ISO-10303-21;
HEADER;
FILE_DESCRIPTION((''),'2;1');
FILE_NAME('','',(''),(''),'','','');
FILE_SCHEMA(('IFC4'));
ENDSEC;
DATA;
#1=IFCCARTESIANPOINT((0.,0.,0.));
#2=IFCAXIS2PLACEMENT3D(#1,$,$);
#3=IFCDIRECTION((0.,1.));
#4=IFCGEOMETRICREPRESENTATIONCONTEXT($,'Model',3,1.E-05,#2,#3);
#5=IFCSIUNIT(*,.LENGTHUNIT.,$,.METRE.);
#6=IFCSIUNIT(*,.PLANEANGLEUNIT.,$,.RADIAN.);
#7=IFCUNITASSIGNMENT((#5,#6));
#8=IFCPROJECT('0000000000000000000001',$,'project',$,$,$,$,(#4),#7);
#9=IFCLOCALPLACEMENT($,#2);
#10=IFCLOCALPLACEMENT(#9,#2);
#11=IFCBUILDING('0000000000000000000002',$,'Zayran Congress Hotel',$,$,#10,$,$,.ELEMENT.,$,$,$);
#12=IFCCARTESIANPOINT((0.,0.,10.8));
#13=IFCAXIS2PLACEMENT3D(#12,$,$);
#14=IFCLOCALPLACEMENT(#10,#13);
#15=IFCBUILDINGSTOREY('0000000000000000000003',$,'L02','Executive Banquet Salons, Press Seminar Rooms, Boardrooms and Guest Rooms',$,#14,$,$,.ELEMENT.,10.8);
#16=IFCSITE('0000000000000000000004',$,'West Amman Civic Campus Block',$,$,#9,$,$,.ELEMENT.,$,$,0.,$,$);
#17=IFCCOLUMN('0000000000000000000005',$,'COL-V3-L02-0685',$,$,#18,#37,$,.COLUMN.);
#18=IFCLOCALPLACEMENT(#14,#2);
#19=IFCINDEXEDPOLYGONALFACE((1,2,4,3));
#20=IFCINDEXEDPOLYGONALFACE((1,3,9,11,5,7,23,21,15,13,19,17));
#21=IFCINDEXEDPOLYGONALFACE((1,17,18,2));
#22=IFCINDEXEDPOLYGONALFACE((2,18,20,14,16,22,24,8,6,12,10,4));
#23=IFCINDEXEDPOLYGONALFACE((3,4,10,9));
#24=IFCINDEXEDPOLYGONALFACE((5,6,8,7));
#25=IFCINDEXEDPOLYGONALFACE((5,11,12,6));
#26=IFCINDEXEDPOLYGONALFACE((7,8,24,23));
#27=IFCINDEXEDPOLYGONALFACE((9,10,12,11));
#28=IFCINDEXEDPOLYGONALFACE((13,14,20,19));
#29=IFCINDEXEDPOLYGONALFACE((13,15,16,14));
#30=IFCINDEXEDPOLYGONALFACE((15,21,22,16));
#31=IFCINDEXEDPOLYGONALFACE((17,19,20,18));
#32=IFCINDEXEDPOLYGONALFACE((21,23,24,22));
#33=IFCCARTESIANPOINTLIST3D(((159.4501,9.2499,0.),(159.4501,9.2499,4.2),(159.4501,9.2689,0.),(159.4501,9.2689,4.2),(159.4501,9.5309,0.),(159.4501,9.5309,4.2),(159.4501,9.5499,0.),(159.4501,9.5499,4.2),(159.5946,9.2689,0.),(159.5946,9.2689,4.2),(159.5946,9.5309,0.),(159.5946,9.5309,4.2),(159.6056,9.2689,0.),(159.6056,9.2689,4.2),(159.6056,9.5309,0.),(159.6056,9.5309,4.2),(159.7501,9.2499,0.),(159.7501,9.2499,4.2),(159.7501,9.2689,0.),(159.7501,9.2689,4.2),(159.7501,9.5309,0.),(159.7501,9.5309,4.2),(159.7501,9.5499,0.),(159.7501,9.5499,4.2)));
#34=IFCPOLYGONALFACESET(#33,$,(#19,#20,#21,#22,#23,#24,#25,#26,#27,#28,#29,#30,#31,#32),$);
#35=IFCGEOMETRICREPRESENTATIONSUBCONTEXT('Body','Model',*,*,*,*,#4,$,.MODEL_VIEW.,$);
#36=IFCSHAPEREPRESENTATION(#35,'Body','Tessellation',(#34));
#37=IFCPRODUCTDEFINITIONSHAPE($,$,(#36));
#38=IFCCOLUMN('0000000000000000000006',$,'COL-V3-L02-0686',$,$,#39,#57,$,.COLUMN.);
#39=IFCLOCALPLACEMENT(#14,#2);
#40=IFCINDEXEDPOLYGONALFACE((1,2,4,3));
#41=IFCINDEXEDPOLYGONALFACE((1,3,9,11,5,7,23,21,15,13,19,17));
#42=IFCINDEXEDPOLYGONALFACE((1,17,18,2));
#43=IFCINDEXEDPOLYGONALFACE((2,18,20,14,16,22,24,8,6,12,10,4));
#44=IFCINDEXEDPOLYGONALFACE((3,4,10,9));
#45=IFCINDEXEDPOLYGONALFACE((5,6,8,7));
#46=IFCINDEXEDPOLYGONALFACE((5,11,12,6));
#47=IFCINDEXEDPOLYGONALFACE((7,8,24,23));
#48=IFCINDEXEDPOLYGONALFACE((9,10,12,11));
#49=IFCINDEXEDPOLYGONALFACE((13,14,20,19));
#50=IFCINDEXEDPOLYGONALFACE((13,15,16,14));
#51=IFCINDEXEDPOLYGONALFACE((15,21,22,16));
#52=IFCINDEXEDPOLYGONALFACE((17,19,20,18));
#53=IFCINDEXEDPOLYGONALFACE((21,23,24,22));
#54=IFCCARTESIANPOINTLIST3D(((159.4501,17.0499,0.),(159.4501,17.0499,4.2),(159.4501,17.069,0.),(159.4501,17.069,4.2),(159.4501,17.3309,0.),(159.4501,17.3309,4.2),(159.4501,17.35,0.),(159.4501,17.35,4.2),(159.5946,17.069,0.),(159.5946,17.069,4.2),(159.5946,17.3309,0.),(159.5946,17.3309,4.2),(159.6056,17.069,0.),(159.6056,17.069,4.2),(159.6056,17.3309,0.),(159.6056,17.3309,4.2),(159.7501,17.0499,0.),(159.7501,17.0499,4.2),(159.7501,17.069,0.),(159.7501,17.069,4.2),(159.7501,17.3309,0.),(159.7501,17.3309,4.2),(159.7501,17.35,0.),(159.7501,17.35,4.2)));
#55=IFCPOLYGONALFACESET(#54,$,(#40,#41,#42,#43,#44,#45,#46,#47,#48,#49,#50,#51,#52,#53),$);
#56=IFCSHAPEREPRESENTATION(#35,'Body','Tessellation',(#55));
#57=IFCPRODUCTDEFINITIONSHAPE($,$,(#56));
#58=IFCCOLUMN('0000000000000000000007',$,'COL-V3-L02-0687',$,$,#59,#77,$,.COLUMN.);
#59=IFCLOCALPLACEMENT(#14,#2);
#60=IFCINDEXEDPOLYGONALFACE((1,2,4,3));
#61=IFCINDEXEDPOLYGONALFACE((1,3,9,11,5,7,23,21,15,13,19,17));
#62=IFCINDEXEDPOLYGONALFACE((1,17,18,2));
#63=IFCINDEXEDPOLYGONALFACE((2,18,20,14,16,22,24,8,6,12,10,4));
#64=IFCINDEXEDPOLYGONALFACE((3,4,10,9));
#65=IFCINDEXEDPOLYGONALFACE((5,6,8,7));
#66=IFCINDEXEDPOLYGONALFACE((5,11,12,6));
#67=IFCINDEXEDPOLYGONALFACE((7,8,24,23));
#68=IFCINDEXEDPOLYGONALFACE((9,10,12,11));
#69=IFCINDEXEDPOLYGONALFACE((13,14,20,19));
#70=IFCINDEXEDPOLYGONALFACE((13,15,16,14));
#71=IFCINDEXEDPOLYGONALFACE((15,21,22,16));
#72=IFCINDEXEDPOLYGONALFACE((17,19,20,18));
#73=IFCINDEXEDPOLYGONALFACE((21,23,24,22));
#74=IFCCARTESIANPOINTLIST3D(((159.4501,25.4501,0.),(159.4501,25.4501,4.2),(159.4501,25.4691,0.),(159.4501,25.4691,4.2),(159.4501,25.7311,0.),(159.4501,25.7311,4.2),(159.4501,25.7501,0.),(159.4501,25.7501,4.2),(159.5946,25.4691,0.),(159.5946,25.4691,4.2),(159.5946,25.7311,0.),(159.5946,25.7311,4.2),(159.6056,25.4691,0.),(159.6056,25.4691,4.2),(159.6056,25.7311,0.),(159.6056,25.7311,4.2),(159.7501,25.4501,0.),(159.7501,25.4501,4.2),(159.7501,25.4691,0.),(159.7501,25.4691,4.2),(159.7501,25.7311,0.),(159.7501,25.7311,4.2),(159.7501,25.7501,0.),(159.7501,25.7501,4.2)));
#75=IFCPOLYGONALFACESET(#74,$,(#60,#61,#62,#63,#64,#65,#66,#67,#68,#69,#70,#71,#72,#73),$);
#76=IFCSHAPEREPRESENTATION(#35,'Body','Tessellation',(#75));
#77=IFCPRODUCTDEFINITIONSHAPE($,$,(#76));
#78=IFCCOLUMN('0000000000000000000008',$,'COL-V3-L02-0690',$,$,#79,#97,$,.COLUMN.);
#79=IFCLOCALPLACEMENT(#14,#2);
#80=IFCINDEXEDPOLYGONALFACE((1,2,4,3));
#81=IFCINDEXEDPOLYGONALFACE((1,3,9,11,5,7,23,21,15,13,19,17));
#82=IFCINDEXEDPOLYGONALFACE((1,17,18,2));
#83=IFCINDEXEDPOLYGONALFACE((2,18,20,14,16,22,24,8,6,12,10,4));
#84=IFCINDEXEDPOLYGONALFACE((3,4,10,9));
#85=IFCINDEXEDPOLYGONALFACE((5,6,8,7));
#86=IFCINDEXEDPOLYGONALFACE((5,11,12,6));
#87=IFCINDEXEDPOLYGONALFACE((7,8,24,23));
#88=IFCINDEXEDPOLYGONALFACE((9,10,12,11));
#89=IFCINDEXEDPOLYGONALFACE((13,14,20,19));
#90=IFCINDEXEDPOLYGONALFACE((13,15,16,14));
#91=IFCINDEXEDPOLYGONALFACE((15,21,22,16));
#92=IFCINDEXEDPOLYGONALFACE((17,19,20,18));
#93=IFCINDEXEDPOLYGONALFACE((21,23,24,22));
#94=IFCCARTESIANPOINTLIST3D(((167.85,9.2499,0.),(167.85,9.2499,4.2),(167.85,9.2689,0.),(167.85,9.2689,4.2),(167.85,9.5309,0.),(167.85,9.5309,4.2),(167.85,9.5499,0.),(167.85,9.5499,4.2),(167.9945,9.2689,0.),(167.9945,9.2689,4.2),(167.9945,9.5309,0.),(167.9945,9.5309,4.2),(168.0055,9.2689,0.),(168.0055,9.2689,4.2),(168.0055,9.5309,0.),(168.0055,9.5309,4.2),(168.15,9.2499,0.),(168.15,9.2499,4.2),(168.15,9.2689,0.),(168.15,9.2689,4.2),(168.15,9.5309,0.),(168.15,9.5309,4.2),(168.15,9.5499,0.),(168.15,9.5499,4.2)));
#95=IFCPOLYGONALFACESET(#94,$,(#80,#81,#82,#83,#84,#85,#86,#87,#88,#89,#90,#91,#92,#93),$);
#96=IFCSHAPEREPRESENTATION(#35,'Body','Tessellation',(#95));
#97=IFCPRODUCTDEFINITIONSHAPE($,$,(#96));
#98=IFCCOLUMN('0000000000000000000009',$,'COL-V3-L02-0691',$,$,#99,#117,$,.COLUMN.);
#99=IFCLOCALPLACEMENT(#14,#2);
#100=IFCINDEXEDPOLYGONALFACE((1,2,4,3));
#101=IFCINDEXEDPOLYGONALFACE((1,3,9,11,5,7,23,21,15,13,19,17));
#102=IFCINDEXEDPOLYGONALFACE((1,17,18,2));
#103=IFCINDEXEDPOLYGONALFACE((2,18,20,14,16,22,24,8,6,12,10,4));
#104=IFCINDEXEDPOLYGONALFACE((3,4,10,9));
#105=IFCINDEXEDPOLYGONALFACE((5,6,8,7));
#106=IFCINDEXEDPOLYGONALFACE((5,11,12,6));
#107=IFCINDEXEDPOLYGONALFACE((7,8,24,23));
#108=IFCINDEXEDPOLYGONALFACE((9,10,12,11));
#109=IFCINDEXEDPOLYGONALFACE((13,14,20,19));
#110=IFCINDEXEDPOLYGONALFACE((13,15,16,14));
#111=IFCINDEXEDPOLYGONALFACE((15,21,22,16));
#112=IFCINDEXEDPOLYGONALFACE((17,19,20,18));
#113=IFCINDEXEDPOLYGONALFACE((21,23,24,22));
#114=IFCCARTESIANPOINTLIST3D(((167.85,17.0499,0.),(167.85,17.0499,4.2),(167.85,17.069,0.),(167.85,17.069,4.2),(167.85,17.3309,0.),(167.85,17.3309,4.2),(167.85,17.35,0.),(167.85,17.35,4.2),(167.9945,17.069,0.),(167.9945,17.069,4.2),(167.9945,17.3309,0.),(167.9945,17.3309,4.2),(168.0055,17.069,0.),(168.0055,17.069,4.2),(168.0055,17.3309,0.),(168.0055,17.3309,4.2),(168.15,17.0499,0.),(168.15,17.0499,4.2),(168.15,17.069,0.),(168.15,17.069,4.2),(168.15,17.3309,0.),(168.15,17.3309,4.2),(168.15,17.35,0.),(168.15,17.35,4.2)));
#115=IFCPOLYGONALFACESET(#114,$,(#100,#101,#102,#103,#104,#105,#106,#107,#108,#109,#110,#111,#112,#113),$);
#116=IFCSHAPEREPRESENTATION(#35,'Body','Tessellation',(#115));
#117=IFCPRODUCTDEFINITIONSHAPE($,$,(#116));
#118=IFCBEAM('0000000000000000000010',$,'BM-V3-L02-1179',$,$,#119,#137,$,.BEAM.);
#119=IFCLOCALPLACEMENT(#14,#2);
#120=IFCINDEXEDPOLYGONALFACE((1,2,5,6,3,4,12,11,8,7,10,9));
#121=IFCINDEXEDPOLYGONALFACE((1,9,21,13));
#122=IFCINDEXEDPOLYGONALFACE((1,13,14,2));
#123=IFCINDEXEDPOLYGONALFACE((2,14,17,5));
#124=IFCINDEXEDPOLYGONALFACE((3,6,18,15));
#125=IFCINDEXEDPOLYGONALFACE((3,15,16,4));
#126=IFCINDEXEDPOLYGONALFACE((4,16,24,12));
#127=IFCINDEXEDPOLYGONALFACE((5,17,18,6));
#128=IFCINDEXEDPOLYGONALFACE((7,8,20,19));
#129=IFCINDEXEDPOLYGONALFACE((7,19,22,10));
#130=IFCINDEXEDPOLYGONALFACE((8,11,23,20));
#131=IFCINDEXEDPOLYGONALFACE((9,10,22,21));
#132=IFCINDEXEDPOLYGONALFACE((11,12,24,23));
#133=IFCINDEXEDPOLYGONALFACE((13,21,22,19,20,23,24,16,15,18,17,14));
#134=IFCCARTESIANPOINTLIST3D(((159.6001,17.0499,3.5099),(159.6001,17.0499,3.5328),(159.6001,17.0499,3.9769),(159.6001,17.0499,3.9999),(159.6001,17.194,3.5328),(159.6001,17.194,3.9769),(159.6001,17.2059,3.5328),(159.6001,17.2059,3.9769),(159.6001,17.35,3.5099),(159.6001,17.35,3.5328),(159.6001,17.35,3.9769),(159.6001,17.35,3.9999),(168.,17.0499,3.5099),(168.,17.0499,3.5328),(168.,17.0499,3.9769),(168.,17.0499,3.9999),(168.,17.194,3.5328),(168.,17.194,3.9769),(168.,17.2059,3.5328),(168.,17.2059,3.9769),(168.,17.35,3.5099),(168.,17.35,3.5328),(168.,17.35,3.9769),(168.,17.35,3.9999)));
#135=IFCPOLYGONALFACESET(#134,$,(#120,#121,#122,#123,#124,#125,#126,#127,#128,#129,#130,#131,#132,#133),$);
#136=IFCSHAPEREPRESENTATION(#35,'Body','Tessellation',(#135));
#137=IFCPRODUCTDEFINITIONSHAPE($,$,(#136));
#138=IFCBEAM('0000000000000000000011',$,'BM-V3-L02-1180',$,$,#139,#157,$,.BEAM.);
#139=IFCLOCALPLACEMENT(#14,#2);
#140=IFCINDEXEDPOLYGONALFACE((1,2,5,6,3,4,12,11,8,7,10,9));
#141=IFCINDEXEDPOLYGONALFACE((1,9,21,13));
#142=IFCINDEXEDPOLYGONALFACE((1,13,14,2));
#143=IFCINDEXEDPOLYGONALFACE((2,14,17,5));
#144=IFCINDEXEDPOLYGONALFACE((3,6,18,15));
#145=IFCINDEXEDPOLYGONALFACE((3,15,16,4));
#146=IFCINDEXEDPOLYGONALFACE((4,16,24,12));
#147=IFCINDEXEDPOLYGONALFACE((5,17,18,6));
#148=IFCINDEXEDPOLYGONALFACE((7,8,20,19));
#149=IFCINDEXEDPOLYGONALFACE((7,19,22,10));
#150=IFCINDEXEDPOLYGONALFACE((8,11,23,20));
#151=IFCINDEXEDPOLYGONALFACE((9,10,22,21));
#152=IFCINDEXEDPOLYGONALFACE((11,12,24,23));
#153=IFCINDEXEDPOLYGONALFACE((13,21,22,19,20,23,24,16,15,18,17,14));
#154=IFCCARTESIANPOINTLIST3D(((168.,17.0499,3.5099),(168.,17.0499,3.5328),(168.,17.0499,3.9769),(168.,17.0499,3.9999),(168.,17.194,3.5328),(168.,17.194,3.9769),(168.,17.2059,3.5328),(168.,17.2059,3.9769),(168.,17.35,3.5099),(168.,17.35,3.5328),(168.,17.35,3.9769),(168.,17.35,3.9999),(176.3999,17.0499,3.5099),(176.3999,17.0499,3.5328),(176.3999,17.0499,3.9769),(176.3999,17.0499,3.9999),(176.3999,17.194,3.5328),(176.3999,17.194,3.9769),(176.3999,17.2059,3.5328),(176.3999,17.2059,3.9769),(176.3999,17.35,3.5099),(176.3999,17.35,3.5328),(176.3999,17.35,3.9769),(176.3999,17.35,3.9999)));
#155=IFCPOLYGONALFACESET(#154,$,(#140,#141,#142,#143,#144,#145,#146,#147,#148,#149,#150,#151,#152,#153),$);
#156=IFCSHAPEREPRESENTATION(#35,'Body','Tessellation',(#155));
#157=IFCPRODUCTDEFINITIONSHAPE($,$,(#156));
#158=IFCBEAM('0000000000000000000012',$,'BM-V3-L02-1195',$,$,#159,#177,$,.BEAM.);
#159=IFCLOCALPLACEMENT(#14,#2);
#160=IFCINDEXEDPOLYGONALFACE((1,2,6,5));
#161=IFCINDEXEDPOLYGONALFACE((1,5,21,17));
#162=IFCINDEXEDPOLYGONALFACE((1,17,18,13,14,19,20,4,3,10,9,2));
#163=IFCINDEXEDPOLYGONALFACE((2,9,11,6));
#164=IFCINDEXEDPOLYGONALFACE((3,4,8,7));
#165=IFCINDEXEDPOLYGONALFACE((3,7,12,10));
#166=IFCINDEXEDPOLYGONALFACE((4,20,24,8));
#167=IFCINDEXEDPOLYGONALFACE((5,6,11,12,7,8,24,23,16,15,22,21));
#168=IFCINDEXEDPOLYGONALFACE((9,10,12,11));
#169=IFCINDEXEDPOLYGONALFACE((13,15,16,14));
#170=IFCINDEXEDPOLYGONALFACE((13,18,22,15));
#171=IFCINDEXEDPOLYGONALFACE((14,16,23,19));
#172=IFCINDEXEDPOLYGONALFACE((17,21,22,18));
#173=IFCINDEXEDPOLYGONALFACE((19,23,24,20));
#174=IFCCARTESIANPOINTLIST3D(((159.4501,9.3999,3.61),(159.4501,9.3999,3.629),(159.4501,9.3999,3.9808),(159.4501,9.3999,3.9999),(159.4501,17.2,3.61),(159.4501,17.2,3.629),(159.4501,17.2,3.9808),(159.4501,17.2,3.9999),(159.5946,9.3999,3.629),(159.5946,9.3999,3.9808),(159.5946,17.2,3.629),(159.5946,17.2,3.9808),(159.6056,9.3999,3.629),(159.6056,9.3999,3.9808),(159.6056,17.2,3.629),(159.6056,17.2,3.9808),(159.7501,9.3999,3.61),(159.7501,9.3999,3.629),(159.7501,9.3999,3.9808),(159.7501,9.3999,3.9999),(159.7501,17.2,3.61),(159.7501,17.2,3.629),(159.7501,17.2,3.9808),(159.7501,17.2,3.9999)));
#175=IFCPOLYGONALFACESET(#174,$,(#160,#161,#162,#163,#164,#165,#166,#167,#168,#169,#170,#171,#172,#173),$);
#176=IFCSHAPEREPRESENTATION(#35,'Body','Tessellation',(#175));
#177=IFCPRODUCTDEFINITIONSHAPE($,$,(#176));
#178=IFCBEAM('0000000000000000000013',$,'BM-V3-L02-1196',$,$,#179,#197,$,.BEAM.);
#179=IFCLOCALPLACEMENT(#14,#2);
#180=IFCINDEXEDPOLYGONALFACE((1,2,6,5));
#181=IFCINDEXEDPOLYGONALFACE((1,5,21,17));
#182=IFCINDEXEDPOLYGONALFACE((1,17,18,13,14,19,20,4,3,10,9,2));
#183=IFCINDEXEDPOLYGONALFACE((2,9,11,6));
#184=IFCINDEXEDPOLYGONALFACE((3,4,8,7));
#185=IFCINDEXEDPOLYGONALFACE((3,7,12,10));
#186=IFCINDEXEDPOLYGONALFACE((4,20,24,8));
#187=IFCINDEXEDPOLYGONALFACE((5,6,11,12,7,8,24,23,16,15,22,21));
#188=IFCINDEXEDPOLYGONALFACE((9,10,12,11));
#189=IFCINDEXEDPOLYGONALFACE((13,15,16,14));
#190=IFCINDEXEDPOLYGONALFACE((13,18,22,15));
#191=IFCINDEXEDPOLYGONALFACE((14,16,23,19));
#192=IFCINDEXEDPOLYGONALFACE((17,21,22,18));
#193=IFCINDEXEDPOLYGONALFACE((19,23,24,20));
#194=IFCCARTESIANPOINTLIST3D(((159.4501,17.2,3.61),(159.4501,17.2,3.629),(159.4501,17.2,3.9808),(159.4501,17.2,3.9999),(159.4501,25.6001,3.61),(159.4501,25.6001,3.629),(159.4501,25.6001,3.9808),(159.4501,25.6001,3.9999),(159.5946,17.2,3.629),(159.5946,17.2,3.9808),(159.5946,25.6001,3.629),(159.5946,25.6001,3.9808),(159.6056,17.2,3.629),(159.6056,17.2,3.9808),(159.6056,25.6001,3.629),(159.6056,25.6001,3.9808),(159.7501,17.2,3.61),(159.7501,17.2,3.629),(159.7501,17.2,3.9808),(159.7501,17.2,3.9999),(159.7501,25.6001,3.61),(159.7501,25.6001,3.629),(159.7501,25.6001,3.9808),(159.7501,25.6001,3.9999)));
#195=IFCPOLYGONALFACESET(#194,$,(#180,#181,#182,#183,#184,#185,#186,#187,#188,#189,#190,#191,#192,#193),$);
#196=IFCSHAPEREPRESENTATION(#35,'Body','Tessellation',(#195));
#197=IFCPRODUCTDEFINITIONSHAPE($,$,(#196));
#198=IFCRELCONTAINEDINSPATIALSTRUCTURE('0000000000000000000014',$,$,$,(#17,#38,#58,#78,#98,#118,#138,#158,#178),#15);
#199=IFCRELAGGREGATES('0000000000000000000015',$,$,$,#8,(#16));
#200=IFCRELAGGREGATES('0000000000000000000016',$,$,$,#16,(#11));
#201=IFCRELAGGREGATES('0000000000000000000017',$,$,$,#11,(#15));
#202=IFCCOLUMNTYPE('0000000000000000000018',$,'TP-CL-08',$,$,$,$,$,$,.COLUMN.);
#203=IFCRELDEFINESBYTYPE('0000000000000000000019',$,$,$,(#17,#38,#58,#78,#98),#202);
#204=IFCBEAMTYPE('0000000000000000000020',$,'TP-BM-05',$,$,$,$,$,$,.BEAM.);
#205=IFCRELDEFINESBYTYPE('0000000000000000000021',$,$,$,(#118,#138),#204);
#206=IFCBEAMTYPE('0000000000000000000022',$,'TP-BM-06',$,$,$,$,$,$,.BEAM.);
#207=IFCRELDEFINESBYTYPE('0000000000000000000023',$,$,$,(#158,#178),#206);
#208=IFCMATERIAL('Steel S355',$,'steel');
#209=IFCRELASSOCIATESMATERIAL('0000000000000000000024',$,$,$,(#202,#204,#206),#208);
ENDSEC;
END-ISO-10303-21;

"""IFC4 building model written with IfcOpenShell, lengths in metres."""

from ifc_helpers import new_model, si_unit, direction, frame, origin, origin_2d, place, context, subcontext, project, spatial, i_section, extrude, material, material_profile, profile_set, type_object, element, save


model = new_model("IFC4")

# Units and contexts
model_context = context("Model", 3, precision=1e-05, world=origin(), true_north=direction((0.0, 1.0)))
body_context = subcontext(model_context, "Body", "Model", "MODEL_VIEW")
ifc_project = project(units=[si_unit("LENGTHUNIT", "METRE"), si_unit("PLANEANGLEUNIT", "RADIAN")], contexts=[model_context])

# Site, building, storey
site_placement = place(None, origin())
site = spatial("IfcSite", under=ifc_project, at=site_placement, Name="West Amman Civic Campus Block", CompositionType="ELEMENT", RefElevation=0.0)
building_placement = place(site_placement, origin())
building = spatial("IfcBuilding", under=site, at=building_placement, Name="Zayran Congress Hotel", CompositionType="ELEMENT")
storey_placement = place(building_placement, frame((0.0, 0.0, 10.8)))
storey = spatial("IfcBuildingStorey", under=building, at=storey_placement, Name="L02", Description="Executive Banquet Salons, Press Seminar Rooms, Boardrooms and Guest Rooms", CompositionType="ELEMENT", Elevation=10.8)

# Columns
ifc_material_1 = material(Name="Steel S355", Category="steel")
ifc_material_profile_1 = material_profile(ifc_material_1, i_section(OverallWidth=0.3, OverallDepth=0.3, WebThickness=0.011, FlangeThickness=0.019, at=origin_2d()), Name="HEB 300")
ifc_profile_set_1 = profile_set([ifc_material_profile_1], Name="Steel S355")
column_type = type_object("IfcColumnType", Name="TP-CL-08", PredefinedType="COLUMN", material=ifc_profile_set_1)
for number, where, z_axis, x_axis, name in (
    (1, (159.6001, 9.3999, 0.0), (0.0, 0.0, 1.0), (1.0, 0.0, 0.0), "COL-V3-L02-0685"),
    (2, (159.6001, 17.2, 0.0), (0.0, 0.0, 1.0), (1.0, 0.0, 0.0), "COL-V3-L02-0686"),
    (3, (159.6001, 25.6001, 0.0), (0.0, 0.0, 1.0), (1.0, 0.0, 0.0), "COL-V3-L02-0687"),
    (4, (168.0, 9.3999, 0.0), (0.0, 0.0, 1.0), (1.0, 0.0, 0.0), "COL-V3-L02-0690"),
    (5, (168.0, 17.2, 0.0), (0.0, 0.0, 1.0), (1.0, 0.0, 0.0), "COL-V3-L02-0691"),
):
    element("IfcColumn", number, at=place(storey_placement, frame(where, z_axis=z_axis, x_axis=x_axis)), inside=storey, type_object=column_type, Name=name, PredefinedType="COLUMN", context=body_context, shape_type="SweptSolid", body=[
        extrude(i_section(OverallWidth=0.3, OverallDepth=0.3, WebThickness=0.011, FlangeThickness=0.019, at=origin_2d()), origin(), (0.0, 0.0, 1.0), 4.2),
    ])

# Beams
ifc_material_profile_2 = material_profile(ifc_material_1, i_section(OverallWidth=0.3, OverallDepth=0.49, WebThickness=0.012, FlangeThickness=0.0229, at=origin_2d()), Name="HEA 500")
ifc_profile_set_2 = profile_set([ifc_material_profile_2], Name="Steel S355")
beam_type_1 = type_object("IfcBeamType", Name="TP-BM-05", PredefinedType="BEAM", material=ifc_profile_set_2)
for number, where, z_axis, x_axis, name in (
    (6, (159.6001, 17.2, 3.7549), (1.0, 0.0, 0.0), (0.0, 1.0, 0.0), "BM-V3-L02-1179"),
    (7, (168.0, 17.2, 3.7549), (1.0, 0.0, 0.0), (0.0, 1.0, 0.0), "BM-V3-L02-1180"),
):
    element("IfcBeam", number, at=place(storey_placement, frame(where, z_axis=z_axis, x_axis=x_axis)), inside=storey, type_object=beam_type_1, Name=name, PredefinedType="BEAM", context=body_context, shape_type="SweptSolid", body=[
        extrude(i_section(OverallWidth=0.3, OverallDepth=0.49, WebThickness=0.012, FlangeThickness=0.0229, at=origin_2d()), origin(), (0.0, 0.0, 1.0), 8.3999),
    ])
ifc_material_profile_3 = material_profile(ifc_material_1, i_section(OverallWidth=0.3, OverallDepth=0.3899, WebThickness=0.011, FlangeThickness=0.019, at=origin_2d()), Name="HEA 400")
ifc_profile_set_3 = profile_set([ifc_material_profile_3], Name="Steel S355")
beam_type_2 = type_object("IfcBeamType", Name="TP-BM-06", PredefinedType="BEAM", material=ifc_profile_set_3)
beam_1_placement = place(storey_placement, frame((159.6001, 9.3999, 3.8049), z_axis=(0.0, 1.0, 0.0), x_axis=(-1.0, 0.0, 0.0)))
element("IfcBeam", 8, at=beam_1_placement, inside=storey, type_object=beam_type_2, Name="BM-V3-L02-1195", PredefinedType="BEAM", context=body_context, shape_type="SweptSolid", body=[
    extrude(i_section(OverallWidth=0.3, OverallDepth=0.3899, WebThickness=0.011, FlangeThickness=0.019, at=origin_2d()), origin(), (0.0, 0.0, 1.0), 7.8),
])
beam_2_placement = place(storey_placement, frame((159.6001, 17.2, 3.8049), z_axis=(0.0, 1.0, 0.0), x_axis=(-1.0, 0.0, 0.0)))
element("IfcBeam", 9, at=beam_2_placement, inside=storey, type_object=beam_type_2, Name="BM-V3-L02-1196", PredefinedType="BEAM", context=body_context, shape_type="SweptSolid", body=[
    extrude(i_section(OverallWidth=0.3, OverallDepth=0.3899, WebThickness=0.011, FlangeThickness=0.019, at=origin_2d()), origin(), (0.0, 0.0, 1.0), 8.4001),
])

save(model, "model.ifc")
